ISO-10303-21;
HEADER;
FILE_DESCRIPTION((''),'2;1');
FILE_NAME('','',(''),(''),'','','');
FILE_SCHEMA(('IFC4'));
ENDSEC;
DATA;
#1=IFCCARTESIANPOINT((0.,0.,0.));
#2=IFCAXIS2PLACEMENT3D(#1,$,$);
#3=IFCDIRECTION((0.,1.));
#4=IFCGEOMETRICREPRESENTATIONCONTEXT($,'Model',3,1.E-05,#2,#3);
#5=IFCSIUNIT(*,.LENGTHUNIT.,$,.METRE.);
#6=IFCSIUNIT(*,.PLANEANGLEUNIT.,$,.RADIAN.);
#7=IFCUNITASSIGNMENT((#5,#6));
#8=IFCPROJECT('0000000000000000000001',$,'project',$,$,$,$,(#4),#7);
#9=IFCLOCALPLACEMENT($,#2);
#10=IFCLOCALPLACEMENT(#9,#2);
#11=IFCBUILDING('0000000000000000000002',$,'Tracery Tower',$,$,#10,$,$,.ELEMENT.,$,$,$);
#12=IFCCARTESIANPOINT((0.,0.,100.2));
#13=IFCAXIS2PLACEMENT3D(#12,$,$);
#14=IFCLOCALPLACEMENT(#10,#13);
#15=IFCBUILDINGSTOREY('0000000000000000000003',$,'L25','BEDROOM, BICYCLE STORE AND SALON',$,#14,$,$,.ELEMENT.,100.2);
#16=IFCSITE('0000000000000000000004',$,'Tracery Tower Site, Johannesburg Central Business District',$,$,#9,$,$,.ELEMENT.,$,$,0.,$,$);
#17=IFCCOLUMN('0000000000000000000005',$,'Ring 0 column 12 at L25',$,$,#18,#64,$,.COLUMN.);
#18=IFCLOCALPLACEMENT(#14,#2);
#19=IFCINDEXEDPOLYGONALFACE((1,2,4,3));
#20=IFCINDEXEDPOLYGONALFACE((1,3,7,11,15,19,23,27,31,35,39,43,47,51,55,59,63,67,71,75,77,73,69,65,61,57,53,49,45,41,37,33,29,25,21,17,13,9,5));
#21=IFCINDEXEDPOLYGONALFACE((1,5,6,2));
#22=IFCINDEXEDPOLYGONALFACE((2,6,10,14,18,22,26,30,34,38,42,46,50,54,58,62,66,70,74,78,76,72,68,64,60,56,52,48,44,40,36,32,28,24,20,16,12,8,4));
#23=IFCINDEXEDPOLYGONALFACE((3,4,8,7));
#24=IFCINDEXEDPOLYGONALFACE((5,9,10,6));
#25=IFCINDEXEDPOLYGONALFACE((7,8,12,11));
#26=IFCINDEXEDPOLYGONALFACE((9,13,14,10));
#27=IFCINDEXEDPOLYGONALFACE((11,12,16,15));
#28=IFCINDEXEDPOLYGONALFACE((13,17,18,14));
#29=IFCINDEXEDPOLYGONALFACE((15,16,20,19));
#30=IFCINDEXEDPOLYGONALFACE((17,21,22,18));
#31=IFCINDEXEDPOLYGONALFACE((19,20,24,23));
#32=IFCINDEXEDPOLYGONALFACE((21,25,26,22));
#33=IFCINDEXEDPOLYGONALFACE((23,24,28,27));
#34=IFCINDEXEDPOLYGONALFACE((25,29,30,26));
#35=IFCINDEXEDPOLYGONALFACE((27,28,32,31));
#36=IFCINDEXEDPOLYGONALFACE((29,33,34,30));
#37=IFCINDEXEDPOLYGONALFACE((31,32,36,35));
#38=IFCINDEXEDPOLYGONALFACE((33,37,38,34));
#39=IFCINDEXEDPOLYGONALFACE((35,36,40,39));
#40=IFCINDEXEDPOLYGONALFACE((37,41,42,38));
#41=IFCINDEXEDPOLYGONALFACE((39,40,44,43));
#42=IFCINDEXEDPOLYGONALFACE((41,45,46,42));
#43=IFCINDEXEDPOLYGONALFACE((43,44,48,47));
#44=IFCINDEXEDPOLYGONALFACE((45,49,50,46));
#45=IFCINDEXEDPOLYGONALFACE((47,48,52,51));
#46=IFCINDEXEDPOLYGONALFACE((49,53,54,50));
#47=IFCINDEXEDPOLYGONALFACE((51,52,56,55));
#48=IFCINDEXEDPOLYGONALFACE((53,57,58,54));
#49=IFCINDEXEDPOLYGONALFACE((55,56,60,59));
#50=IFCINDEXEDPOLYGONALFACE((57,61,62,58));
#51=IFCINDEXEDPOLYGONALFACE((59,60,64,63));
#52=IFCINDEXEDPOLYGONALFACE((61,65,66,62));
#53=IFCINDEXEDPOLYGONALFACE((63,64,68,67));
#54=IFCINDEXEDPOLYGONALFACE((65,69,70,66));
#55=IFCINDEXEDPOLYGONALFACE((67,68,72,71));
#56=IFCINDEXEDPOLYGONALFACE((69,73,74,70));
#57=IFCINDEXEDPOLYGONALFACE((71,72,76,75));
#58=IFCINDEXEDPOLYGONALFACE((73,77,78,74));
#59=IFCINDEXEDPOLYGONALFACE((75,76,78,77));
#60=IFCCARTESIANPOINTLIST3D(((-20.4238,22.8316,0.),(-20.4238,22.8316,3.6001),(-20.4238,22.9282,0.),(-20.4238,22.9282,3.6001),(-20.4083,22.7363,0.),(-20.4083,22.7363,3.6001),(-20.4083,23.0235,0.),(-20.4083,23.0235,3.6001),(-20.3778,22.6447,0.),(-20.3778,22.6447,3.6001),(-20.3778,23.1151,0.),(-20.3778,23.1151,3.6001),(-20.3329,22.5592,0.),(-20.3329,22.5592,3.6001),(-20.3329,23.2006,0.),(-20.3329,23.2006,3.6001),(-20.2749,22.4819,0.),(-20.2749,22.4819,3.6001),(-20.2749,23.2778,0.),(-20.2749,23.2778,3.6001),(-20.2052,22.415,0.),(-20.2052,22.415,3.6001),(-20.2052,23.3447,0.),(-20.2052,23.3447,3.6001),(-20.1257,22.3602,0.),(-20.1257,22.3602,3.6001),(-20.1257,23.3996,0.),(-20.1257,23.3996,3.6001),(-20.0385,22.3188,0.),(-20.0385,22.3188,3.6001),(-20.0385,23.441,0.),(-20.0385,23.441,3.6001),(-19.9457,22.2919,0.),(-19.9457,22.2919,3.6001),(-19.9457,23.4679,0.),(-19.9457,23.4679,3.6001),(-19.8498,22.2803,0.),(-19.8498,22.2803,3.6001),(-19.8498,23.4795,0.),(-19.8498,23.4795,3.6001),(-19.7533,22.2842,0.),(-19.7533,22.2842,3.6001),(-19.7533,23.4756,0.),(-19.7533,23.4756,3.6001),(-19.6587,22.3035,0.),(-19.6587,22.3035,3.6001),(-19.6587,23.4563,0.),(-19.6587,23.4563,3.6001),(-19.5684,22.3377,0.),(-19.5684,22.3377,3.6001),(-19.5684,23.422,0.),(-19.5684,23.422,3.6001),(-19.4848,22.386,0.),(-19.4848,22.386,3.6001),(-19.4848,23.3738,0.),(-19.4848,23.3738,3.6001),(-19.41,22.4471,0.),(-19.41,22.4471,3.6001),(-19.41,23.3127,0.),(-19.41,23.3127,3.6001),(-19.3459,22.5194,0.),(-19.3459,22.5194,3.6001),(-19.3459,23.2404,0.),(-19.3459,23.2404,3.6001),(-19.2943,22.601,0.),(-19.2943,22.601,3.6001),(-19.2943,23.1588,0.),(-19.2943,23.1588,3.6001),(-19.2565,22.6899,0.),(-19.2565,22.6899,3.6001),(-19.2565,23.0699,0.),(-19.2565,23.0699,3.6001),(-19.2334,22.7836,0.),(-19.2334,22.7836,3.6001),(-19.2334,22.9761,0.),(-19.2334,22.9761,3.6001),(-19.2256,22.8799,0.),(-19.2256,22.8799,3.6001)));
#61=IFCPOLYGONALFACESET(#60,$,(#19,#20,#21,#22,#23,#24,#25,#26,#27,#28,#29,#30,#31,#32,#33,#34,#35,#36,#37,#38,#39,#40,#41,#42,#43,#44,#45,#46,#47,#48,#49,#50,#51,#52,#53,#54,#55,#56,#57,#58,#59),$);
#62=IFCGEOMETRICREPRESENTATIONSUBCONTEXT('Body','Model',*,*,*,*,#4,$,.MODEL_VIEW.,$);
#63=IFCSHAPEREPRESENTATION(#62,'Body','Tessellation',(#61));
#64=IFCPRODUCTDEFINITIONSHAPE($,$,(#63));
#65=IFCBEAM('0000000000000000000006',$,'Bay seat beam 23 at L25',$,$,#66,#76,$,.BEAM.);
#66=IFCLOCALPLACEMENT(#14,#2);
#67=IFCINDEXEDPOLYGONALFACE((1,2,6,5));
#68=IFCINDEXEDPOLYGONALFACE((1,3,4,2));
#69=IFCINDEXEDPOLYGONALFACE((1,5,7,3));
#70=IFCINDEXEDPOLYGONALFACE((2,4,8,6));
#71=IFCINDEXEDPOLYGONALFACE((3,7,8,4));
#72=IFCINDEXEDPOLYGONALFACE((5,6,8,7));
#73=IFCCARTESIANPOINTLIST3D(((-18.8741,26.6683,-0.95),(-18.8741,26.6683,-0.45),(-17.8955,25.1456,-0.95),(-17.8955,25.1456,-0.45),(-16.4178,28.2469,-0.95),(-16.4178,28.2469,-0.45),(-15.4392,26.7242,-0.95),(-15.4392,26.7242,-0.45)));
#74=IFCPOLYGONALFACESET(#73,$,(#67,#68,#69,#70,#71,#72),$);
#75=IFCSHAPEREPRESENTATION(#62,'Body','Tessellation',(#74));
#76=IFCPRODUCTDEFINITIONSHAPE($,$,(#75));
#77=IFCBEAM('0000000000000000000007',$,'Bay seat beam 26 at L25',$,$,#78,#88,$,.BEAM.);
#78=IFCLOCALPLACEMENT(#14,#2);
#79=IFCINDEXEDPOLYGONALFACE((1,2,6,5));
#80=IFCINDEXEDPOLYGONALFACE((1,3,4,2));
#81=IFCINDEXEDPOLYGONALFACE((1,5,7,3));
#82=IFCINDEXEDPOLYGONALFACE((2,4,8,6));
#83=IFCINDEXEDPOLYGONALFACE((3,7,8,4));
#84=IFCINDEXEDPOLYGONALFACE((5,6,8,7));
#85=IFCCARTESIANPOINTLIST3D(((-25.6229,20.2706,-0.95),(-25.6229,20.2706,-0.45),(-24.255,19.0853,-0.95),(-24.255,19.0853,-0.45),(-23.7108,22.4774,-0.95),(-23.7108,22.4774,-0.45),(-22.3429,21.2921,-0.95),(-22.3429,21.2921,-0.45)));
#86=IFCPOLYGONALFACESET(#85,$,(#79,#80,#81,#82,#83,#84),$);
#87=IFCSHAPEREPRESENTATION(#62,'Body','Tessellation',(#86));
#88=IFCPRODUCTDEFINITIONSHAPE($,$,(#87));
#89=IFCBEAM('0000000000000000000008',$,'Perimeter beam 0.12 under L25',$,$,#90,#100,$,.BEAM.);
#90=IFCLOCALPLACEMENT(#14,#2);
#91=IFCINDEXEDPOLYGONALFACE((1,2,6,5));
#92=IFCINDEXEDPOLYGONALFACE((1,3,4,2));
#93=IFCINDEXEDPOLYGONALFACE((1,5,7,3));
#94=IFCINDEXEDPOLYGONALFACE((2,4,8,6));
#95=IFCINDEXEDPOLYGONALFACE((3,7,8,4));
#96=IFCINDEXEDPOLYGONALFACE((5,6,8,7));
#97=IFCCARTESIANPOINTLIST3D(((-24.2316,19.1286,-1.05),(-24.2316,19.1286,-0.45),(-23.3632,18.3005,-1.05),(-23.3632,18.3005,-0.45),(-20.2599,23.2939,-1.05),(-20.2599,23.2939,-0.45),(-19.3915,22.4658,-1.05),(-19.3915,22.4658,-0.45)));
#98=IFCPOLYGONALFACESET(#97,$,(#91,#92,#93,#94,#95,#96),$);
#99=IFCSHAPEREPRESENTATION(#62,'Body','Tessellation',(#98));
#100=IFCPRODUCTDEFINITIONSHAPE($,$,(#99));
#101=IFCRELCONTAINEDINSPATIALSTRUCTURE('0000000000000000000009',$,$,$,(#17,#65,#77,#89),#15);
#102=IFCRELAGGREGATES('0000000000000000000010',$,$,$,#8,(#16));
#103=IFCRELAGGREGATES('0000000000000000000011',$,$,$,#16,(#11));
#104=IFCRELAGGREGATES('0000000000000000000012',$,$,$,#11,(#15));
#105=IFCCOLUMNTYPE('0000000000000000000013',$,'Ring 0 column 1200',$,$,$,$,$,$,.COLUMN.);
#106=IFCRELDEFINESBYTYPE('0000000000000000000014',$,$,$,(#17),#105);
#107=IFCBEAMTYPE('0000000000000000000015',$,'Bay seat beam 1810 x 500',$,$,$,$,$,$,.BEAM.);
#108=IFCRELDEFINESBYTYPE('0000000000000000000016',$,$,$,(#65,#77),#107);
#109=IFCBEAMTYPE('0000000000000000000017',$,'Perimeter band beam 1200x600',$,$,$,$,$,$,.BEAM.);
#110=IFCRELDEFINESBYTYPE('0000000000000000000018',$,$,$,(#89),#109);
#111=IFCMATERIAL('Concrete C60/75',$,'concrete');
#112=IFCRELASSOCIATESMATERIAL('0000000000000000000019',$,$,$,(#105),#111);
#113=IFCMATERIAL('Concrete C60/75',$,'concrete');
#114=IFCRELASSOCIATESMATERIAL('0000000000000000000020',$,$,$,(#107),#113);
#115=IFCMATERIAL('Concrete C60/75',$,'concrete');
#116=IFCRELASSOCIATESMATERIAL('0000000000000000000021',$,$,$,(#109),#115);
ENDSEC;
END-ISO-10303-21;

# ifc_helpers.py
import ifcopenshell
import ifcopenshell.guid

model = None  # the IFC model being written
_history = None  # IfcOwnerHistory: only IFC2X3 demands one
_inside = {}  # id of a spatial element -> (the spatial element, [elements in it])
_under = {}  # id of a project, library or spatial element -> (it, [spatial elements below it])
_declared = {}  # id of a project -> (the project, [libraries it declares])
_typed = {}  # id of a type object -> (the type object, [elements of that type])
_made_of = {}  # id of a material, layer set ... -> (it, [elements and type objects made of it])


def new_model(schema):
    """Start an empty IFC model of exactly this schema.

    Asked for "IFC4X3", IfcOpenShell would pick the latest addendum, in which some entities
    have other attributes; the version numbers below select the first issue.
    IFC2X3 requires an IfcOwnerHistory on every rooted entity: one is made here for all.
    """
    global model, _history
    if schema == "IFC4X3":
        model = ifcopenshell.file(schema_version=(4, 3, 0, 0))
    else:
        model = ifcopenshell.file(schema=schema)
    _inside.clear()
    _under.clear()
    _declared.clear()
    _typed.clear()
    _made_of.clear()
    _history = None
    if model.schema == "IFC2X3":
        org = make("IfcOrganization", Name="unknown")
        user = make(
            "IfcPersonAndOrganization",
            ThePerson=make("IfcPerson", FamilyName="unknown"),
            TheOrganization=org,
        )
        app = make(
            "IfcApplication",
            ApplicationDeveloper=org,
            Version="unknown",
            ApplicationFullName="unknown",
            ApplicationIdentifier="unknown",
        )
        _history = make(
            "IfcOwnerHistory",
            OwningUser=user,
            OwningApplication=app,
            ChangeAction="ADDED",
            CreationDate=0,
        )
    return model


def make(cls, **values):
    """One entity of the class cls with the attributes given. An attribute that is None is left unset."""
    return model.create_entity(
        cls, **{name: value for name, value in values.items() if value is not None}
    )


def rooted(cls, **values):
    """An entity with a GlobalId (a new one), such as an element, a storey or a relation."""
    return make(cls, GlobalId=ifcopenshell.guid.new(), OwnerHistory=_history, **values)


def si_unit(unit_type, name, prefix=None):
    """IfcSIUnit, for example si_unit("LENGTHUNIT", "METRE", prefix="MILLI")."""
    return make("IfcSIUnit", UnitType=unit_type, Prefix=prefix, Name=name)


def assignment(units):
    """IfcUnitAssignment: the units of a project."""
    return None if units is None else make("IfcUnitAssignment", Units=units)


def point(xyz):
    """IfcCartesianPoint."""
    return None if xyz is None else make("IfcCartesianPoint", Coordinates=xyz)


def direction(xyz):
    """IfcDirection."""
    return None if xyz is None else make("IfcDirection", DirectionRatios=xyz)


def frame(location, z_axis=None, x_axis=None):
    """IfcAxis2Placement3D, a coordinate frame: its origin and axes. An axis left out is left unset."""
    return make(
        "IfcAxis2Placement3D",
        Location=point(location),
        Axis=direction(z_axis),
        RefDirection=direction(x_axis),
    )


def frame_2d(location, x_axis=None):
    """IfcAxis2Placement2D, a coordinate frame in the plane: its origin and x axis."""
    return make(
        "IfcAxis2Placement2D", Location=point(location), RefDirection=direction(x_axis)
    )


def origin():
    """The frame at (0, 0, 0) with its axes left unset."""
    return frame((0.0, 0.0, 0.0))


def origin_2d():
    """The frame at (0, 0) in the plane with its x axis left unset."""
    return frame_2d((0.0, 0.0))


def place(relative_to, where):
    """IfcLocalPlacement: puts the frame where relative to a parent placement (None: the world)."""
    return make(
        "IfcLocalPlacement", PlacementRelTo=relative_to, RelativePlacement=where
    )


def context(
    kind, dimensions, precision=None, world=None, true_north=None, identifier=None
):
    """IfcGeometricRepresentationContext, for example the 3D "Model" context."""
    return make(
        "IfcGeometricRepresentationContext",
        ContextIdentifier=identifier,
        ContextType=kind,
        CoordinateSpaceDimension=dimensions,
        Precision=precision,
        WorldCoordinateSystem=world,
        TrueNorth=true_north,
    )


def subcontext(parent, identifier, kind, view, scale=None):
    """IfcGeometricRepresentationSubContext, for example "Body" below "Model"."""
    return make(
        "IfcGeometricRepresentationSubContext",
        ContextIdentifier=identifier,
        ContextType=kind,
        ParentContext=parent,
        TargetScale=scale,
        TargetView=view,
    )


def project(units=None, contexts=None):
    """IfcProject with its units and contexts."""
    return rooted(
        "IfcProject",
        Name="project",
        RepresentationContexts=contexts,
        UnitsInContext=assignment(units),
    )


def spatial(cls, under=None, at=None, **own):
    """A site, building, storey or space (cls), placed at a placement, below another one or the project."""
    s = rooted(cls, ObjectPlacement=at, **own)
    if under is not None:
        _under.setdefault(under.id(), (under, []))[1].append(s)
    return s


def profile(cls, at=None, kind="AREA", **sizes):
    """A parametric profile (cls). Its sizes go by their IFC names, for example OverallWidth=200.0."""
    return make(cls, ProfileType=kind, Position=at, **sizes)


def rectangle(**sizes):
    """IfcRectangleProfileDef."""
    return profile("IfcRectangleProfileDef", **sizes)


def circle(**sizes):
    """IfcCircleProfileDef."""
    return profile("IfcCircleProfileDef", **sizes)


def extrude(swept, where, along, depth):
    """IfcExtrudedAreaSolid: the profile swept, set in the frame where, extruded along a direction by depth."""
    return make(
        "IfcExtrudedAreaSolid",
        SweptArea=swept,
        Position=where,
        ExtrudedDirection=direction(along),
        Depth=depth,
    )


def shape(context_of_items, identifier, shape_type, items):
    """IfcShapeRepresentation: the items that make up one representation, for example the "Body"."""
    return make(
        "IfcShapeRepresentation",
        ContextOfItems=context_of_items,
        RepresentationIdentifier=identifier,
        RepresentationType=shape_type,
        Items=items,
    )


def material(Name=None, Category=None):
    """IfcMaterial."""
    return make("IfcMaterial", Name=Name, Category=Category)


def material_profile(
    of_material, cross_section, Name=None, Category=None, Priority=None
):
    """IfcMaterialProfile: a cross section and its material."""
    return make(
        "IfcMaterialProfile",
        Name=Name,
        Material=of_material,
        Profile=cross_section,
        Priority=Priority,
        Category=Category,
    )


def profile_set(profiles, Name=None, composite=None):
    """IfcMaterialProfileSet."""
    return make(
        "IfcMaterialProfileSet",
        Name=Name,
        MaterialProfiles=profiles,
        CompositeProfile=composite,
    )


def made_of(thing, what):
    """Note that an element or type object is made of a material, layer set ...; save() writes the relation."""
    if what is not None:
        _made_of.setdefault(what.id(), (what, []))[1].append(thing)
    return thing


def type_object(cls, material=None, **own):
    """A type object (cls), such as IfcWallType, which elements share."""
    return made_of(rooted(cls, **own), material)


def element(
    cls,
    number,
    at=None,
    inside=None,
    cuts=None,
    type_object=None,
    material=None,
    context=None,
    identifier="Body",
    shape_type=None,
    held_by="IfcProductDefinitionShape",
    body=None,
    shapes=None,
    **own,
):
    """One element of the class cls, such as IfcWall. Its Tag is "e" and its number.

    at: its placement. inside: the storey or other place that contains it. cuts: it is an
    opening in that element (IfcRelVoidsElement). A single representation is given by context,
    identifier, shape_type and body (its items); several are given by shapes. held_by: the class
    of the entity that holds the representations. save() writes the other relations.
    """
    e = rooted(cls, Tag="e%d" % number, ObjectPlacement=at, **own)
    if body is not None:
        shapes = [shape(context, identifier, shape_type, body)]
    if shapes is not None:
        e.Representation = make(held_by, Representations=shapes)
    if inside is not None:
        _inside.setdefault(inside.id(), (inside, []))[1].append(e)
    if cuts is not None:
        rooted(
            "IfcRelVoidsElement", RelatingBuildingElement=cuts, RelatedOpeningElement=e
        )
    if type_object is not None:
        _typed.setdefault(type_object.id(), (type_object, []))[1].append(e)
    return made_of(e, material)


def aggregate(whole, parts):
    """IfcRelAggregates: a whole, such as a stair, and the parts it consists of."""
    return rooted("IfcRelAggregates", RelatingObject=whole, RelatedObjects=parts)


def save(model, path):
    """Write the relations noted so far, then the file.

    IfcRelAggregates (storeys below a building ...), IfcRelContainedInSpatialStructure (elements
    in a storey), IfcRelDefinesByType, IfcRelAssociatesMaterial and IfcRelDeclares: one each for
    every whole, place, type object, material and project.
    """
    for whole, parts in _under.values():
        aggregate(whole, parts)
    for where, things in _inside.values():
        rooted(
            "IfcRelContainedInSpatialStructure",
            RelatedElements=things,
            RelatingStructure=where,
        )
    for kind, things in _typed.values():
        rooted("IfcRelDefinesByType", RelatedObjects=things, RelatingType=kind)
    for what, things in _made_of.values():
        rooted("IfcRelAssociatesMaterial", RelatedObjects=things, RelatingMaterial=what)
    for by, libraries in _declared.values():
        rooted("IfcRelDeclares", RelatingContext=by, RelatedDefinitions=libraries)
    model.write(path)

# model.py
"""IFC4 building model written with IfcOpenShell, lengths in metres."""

from ifc_helpers import new_model, si_unit, direction, frame, origin, origin_2d, place, context, subcontext, project, spatial, rectangle, circle, extrude, material, material_profile, profile_set, type_object, element, save


model = new_model("IFC4")

# Units and contexts
model_context = context("Model", 3, precision=1e-05, world=origin(), true_north=direction((0.0, 1.0)))
body_context = subcontext(model_context, "Body", "Model", "MODEL_VIEW")
ifc_project = project(units=[si_unit("LENGTHUNIT", "METRE"), si_unit("PLANEANGLEUNIT", "RADIAN")], contexts=[model_context])

# Site, building, storey
site_placement = place(None, origin())
site = spatial("IfcSite", under=ifc_project, at=site_placement, Name="Tracery Tower Site, Johannesburg Central Business District", CompositionType="ELEMENT", RefElevation=0.0)
building_placement = place(site_placement, origin())
building = spatial("IfcBuilding", under=site, at=building_placement, Name="Tracery Tower", CompositionType="ELEMENT")
storey_placement = place(building_placement, frame((0.0, 0.0, 100.2)))
storey = spatial("IfcBuildingStorey", under=building, at=storey_placement, Name="L25", Description="BEDROOM, BICYCLE STORE AND SALON", CompositionType="ELEMENT", Elevation=100.2)

# Column
ifc_material_1 = material(Name="Concrete C60/75", Category="concrete")
ifc_material_profile_1 = material_profile(ifc_material_1, circle(Radius=0.6001, at=origin_2d()), Name="RC D1200")
ifc_profile_set_1 = profile_set([ifc_material_profile_1], Name="Concrete C60/75")
column_type = type_object("IfcColumnType", Name="Ring 0 column 1200", PredefinedType="COLUMN", material=ifc_profile_set_1)
column_placement = place(storey_placement, frame((-19.8257, 22.8799, 0.0), z_axis=(0.0, 0.0, 1.0), x_axis=(1.0, 0.0, 0.0)))
element("IfcColumn", 1, at=column_placement, inside=storey, type_object=column_type, Name="Ring 0 column 12 at L25", PredefinedType="COLUMN", context=body_context, shape_type="SweptSolid", body=[
    extrude(circle(Radius=0.6001, at=origin_2d()), origin(), (0.0, 0.0, 1.0), 3.6001),
])

# Beams
ifc_material_2 = material(Name="Concrete C60/75", Category="concrete")
ifc_material_profile_2 = material_profile(ifc_material_2, rectangle(XDim=1.8101, YDim=0.5, at=origin_2d()), Name="RC 1810x500")
ifc_profile_set_2 = profile_set([ifc_material_profile_2], Name="Concrete C60/75")
beam_type_1 = type_object("IfcBeamType", Name="Bay seat beam 1810 x 500", PredefinedType="BEAM", material=ifc_profile_set_2)
for number, where, z_axis, x_axis, name in (
    (2, (-15.9285, 27.4856, -0.7), (-0.841246, -0.540652, 0.0), (0.540652, -0.841246, 0.0), "Bay seat beam 23 at L25"),
    (3, (-23.0269, 21.8848, -0.7), (-0.654845, -0.755764, 0.0), (0.755764, -0.654845, 0.0), "Bay seat beam 26 at L25"),
):
    element("IfcBeam", number, at=place(storey_placement, frame(where, z_axis=z_axis, x_axis=x_axis)), inside=storey, type_object=beam_type_1, Name=name, PredefinedType="BEAM", context=body_context, shape_type="SweptSolid", body=[
        extrude(rectangle(XDim=1.8101, YDim=0.5, at=origin_2d()), origin(), (0.0, 0.0, 1.0), 2.9199),
    ])
ifc_material_3 = material(Name="Concrete C60/75", Category="concrete")
ifc_material_profile_3 = material_profile(ifc_material_3, rectangle(XDim=1.2, YDim=0.6001, at=origin_2d()), Name="RC 1200x600")
ifc_profile_set_3 = profile_set([ifc_material_profile_3], Name="Concrete C60/75")
beam_type_2 = type_object("IfcBeamType", Name="Perimeter band beam 1200x600", PredefinedType="BEAM", material=ifc_profile_set_3)
beam_placement = place(storey_placement, frame((-19.8257, 22.8799, -0.75), z_axis=(-0.690087, -0.723726, 0.0), x_axis=(0.723726, -0.690087, 0.0)))
element("IfcBeam", 4, at=beam_placement, inside=storey, type_object=beam_type_2, Name="Perimeter beam 0.12 under L25", PredefinedType="BEAM", context=body_context, shape_type="SweptSolid", body=[
    extrude(rectangle(XDim=1.2, YDim=0.6001, at=origin_2d()), origin(), (0.0, 0.0, 1.0), 5.7554),
])

save(model, "model.ifc")
